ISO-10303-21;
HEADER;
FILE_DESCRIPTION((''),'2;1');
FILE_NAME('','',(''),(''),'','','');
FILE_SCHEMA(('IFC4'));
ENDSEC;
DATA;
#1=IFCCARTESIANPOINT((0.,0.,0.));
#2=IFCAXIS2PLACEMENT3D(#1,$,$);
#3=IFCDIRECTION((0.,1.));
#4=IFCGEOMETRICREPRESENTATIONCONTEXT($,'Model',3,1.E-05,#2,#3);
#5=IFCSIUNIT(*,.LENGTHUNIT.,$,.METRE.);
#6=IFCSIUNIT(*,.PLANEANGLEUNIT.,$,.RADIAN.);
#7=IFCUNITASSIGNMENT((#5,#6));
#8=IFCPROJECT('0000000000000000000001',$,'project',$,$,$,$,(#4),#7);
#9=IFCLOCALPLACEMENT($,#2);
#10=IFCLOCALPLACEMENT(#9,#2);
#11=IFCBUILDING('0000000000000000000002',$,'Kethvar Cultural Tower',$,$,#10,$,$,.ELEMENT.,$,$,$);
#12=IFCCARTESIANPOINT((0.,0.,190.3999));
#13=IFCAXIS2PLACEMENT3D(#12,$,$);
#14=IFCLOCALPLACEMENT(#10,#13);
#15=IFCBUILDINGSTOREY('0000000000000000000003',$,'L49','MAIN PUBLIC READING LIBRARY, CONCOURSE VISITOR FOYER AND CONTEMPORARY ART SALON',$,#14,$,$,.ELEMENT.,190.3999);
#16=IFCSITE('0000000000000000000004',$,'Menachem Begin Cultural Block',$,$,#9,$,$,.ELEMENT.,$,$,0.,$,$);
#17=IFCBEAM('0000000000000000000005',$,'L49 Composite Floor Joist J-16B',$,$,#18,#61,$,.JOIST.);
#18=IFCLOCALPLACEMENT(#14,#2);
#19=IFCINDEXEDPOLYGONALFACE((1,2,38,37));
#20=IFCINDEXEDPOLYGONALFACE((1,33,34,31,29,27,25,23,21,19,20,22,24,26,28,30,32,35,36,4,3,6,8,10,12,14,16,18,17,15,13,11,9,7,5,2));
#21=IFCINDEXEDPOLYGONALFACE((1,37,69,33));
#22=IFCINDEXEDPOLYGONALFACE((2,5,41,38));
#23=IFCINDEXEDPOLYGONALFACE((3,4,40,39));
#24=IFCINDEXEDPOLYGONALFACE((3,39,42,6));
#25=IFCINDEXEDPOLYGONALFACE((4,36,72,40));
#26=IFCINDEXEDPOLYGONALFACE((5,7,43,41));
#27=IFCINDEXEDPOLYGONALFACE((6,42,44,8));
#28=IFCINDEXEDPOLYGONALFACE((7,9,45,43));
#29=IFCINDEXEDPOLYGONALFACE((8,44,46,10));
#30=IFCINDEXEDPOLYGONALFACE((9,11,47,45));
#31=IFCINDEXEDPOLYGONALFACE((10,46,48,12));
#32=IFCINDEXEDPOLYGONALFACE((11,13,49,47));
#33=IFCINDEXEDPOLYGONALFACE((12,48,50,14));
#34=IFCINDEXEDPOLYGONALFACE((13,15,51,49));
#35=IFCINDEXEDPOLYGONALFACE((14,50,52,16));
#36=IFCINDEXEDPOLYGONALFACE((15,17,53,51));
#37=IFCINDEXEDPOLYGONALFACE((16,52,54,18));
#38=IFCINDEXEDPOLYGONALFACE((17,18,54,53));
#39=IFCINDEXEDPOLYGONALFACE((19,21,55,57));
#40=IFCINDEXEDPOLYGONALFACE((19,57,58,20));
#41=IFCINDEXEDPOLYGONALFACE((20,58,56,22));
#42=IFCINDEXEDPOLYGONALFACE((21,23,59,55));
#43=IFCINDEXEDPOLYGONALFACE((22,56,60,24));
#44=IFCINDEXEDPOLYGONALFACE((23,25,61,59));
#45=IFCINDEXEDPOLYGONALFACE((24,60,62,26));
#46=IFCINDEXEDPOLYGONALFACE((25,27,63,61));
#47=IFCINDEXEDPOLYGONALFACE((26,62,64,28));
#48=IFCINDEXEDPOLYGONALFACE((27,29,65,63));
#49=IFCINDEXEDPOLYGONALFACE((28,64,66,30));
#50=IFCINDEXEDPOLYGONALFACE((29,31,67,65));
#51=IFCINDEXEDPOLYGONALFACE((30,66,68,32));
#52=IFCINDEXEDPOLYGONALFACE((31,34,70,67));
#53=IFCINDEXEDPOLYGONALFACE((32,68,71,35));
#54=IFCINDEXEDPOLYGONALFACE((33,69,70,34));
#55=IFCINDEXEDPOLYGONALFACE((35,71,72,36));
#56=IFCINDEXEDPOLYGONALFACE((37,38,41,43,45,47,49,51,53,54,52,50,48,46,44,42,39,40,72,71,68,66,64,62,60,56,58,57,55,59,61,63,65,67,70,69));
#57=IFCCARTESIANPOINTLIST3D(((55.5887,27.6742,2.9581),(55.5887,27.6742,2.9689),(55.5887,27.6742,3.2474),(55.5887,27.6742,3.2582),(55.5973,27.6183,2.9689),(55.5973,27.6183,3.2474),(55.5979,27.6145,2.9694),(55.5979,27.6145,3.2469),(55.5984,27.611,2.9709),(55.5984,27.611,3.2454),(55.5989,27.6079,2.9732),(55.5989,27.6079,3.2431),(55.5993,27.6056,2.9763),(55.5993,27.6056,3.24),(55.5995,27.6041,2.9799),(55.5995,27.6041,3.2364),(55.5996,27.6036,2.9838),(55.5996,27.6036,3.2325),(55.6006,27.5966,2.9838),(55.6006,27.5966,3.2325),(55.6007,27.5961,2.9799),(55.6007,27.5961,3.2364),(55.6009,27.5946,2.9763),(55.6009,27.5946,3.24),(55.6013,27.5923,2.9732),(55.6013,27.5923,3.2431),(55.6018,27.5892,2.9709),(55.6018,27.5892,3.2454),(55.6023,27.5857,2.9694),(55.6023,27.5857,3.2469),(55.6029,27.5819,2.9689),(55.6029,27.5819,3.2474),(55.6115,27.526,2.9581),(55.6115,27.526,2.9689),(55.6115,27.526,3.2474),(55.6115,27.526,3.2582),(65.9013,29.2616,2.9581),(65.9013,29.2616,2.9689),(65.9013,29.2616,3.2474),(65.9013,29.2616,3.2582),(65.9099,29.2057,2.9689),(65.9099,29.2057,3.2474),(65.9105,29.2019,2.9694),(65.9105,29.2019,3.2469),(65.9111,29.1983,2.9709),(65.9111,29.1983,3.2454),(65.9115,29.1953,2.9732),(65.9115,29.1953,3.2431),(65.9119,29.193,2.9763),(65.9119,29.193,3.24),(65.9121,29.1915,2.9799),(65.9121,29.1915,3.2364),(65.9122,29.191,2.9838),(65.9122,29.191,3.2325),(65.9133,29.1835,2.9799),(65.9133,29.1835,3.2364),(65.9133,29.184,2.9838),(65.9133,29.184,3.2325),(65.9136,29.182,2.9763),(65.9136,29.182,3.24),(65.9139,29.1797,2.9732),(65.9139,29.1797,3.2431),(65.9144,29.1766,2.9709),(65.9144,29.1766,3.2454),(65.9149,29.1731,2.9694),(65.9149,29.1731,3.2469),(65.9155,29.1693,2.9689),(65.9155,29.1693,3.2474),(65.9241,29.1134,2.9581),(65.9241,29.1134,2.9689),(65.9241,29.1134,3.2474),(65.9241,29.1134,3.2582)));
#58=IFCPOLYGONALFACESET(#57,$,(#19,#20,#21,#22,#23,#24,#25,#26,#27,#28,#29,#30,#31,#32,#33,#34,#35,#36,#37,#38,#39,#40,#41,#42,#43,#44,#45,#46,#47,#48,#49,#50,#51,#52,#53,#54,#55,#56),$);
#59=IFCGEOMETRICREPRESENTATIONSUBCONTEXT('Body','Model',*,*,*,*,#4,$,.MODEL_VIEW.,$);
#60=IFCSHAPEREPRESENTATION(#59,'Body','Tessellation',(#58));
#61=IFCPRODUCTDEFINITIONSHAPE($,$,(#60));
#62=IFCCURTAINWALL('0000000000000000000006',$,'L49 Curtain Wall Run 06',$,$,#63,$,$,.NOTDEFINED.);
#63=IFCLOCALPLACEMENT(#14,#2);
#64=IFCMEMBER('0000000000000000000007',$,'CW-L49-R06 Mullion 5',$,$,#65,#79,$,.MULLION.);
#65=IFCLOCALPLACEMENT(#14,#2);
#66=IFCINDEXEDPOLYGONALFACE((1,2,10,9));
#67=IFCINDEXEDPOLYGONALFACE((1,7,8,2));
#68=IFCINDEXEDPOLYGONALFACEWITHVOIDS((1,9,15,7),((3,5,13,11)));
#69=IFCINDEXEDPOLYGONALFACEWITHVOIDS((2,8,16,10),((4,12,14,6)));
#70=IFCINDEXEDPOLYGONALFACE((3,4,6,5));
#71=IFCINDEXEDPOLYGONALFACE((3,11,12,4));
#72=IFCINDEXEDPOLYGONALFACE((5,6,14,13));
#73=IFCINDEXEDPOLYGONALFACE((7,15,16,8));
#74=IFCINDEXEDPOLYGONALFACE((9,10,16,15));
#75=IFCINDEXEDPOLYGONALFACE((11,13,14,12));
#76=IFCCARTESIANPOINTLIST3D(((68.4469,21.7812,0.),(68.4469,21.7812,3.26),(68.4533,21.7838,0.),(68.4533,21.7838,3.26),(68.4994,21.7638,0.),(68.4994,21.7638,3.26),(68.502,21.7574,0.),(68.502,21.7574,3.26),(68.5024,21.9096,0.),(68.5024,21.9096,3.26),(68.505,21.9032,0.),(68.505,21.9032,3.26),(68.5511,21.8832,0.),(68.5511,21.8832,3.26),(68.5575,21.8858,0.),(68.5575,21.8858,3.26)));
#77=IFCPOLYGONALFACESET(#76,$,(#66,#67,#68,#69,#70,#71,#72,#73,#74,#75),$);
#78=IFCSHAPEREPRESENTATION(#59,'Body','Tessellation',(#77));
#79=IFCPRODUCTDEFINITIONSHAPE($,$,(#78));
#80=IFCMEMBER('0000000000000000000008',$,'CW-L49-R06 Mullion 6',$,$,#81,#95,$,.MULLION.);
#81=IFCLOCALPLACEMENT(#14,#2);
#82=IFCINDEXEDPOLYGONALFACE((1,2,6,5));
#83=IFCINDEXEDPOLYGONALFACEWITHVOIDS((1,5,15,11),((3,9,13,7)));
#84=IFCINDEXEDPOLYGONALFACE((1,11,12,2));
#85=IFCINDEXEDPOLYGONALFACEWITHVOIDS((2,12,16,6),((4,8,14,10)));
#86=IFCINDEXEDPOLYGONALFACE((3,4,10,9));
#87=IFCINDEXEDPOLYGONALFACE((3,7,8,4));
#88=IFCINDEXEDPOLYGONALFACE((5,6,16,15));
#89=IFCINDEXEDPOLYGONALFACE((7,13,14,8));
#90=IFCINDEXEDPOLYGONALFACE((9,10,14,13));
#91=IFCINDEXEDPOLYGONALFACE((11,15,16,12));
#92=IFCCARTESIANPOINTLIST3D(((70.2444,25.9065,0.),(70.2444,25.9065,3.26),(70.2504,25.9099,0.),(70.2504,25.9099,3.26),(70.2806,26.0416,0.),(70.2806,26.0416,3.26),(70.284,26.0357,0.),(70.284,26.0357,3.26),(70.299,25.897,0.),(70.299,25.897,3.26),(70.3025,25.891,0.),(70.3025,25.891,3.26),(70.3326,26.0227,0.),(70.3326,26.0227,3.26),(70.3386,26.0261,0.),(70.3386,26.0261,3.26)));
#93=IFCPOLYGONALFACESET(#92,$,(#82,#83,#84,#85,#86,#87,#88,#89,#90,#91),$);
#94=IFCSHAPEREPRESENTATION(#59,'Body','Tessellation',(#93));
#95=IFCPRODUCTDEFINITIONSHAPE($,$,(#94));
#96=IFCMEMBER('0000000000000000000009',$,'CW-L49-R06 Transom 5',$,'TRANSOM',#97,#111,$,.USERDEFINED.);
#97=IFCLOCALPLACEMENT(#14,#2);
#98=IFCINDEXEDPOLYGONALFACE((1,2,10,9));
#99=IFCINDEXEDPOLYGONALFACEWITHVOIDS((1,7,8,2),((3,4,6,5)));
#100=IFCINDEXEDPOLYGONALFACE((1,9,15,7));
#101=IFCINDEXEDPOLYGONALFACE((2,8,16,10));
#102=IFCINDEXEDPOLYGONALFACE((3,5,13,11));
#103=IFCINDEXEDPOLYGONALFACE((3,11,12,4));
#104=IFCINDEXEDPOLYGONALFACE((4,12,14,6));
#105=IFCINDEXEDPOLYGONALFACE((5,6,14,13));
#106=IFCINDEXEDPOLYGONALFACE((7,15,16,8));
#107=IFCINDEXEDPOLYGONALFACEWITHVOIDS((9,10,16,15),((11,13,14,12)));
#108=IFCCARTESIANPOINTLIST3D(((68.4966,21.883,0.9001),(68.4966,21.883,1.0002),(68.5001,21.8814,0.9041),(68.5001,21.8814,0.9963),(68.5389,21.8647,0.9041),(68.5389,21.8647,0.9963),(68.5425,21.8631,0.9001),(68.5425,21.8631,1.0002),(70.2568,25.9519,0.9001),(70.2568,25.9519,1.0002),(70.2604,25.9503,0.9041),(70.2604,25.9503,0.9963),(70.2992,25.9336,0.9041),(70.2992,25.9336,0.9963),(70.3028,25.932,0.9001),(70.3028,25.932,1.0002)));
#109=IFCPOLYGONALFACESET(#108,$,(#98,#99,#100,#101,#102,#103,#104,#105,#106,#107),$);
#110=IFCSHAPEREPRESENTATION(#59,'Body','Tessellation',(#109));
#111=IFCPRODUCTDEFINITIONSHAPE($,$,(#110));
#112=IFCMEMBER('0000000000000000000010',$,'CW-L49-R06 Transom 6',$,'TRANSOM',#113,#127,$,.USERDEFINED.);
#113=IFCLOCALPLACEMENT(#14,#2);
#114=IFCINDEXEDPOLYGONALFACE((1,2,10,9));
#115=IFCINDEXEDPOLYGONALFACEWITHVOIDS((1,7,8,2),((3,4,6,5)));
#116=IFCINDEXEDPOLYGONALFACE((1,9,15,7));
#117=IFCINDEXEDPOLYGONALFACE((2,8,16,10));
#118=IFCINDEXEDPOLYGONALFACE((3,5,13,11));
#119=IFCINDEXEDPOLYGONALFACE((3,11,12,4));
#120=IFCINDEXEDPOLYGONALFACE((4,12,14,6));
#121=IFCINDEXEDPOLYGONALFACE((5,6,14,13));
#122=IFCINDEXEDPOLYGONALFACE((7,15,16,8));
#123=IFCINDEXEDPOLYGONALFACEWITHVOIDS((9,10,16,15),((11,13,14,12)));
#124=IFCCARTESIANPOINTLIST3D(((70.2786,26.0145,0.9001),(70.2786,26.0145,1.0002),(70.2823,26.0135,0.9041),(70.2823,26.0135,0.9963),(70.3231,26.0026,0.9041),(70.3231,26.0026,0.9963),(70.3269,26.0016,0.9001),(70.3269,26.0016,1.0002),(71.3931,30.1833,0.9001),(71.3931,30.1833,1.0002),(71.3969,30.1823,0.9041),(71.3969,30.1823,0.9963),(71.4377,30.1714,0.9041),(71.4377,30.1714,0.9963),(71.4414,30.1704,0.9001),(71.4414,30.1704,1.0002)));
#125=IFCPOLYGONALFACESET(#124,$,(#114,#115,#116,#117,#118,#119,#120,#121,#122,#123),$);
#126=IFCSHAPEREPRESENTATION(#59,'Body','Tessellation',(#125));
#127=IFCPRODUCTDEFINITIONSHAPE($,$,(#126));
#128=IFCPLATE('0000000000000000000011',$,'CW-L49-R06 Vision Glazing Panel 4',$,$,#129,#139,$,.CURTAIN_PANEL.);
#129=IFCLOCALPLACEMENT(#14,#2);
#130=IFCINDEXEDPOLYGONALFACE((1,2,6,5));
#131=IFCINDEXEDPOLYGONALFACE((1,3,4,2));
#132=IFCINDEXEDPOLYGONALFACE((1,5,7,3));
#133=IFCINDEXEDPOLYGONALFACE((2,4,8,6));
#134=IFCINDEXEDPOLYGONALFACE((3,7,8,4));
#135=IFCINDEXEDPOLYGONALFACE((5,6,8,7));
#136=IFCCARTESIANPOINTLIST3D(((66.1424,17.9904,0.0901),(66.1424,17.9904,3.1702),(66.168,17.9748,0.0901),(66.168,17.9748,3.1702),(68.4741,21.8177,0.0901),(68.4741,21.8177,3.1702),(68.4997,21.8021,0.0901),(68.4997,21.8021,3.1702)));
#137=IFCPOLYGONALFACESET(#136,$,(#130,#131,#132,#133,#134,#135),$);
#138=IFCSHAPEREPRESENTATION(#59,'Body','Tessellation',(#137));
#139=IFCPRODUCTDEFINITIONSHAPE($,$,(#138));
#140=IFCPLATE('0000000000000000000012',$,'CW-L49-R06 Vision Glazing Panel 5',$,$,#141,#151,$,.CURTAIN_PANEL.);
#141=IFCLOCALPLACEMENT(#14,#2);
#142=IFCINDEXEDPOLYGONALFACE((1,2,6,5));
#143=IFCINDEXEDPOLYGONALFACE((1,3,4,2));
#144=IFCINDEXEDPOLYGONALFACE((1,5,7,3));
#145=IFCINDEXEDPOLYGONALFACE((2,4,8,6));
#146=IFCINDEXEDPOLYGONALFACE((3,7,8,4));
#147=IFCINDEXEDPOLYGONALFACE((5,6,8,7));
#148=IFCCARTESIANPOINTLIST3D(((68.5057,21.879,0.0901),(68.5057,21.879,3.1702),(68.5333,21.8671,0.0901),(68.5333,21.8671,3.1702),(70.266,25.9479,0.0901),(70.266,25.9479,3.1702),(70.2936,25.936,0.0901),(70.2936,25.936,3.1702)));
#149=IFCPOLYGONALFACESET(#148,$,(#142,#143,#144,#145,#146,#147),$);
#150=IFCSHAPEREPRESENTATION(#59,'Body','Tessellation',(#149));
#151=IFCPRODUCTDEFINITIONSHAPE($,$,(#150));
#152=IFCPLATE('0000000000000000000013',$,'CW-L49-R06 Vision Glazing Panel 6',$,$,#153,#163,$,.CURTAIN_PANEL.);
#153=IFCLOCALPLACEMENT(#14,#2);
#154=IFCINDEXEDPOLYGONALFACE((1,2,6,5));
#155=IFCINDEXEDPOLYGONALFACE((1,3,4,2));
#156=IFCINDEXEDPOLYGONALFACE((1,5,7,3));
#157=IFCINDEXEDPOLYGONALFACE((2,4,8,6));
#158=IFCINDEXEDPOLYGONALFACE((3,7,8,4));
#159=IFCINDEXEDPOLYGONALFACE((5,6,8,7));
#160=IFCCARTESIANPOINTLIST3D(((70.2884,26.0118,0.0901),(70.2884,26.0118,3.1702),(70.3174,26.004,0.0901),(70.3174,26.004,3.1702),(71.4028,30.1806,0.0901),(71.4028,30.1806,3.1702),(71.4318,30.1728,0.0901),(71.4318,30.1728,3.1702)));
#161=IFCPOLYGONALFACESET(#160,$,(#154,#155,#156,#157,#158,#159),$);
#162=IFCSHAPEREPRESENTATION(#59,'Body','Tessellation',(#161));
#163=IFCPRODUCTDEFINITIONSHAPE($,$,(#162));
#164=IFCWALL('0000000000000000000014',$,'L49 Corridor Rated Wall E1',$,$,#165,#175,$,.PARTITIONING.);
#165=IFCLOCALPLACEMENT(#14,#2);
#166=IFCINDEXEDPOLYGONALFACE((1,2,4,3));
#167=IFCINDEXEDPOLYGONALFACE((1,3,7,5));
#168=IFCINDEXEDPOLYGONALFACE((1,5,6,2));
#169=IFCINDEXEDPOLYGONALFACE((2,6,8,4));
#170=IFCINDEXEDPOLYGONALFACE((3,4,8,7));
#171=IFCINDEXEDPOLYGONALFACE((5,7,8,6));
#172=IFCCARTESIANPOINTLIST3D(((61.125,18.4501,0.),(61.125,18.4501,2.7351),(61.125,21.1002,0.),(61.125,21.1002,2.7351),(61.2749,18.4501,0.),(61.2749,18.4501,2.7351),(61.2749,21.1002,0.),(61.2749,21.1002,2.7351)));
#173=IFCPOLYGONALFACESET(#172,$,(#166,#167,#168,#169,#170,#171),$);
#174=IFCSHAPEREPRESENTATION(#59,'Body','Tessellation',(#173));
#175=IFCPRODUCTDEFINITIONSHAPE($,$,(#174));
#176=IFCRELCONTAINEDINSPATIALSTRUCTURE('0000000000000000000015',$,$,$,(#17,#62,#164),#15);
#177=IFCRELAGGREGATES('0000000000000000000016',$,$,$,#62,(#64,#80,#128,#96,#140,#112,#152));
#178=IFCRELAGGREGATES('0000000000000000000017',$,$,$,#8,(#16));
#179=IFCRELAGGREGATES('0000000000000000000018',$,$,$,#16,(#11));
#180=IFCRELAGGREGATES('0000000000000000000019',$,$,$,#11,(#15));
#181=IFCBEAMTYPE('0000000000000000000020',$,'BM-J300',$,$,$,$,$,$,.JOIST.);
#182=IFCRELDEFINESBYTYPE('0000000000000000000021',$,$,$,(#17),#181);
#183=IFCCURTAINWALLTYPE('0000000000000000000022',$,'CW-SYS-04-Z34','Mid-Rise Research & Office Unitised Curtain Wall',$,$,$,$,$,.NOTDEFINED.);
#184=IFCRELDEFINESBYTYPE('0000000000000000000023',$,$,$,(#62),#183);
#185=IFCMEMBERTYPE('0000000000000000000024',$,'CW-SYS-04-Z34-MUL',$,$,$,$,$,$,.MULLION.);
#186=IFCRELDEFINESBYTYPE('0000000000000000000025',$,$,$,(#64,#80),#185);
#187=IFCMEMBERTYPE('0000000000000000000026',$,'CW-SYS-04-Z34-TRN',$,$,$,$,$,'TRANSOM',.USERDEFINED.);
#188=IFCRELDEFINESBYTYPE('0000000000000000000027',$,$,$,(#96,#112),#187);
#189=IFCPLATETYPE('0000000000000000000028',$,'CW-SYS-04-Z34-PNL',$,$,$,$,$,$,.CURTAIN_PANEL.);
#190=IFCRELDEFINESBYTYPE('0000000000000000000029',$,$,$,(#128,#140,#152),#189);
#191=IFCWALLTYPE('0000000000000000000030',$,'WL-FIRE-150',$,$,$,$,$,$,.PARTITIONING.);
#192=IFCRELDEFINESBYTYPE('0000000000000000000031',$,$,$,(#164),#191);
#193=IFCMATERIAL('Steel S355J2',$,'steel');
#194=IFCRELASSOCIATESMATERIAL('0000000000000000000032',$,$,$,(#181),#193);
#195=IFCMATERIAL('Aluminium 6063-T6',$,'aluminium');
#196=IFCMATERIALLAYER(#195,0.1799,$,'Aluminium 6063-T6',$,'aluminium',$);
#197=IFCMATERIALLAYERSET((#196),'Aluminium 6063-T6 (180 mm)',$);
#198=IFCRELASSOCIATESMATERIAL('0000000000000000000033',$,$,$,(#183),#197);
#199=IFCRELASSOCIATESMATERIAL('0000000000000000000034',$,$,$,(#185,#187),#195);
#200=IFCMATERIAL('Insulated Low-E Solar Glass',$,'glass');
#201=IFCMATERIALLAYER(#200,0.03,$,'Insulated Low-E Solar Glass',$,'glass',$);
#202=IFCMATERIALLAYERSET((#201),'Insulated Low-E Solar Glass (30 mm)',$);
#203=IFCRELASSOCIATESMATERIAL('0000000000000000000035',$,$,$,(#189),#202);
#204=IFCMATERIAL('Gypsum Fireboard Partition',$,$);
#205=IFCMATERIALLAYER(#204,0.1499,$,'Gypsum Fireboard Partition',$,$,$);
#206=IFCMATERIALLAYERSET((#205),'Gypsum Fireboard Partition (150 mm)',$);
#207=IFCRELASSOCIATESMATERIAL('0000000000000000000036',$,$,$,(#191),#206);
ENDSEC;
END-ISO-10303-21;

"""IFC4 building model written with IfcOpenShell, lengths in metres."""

from ifc_helpers import new_model, si_unit, direction, frame, frame_2d, origin, origin_2d, place, context, subcontext, project, spatial, rectangle, hollow_rectangle, i_section, extrude, source, transform, mapped, material, layer, layer_set, material_profile, profile_set, type_object, element, aggregate, save


model = new_model("IFC4")

# Units and contexts
model_context = context("Model", 3, precision=1e-05, world=origin(), true_north=direction((0.0, 1.0)))
body_context = subcontext(model_context, "Body", "Model", "MODEL_VIEW")
ifc_project = project(units=[si_unit("LENGTHUNIT", "METRE"), si_unit("PLANEANGLEUNIT", "RADIAN")], contexts=[model_context])

# Site, building, storey
site_placement = place(None, origin())
site = spatial("IfcSite", under=ifc_project, at=site_placement, Name="Menachem Begin Cultural Block", CompositionType="ELEMENT", RefElevation=0.0)
building_placement = place(site_placement, origin())
building = spatial("IfcBuilding", under=site, at=building_placement, Name="Kethvar Cultural Tower", CompositionType="ELEMENT")
storey_placement = place(building_placement, frame((0.0, 0.0, 190.3999)))
storey = spatial("IfcBuildingStorey", under=building, at=storey_placement, Name="L49", Description="MAIN PUBLIC READING LIBRARY, CONCOURSE VISITOR FOYER AND CONTEMPORARY ART SALON", CompositionType="ELEMENT", Elevation=190.3999)

# Beam
ifc_material_1 = material(Name="Steel S355J2", Category="steel")
ifc_material_profile_1 = material_profile(ifc_material_1, i_section(OverallWidth=0.1499, OverallDepth=0.3, WebThickness=0.0071, FlangeThickness=0.0107, FilletRadius=0.0149, at=origin_2d()), Name="Steel S355J2 — IPE300")
ifc_profile_set_1 = profile_set([ifc_material_profile_1], Name="Steel S355J2 — IPE300")
beam_type_1 = type_object("IfcBeamType", Name="BM-J300", PredefinedType="JOIST", material=ifc_profile_set_1)
shared_shape_1 = source(origin(), body_context, "Body", "SweptSolid", [
    extrude(i_section(OverallWidth=0.1499, OverallDepth=0.3, WebThickness=0.0071, FlangeThickness=0.0107, FilletRadius=0.0149, at=origin_2d()), origin(), (0.0, 0.0, 1.0), 10.4341),
])
beam_1_placement = place(storey_placement, frame((55.6001, 27.6001, 3.1082), z_axis=(0.98836, 0.152135, 0.0), x_axis=(-0.152135, 0.98836, 0.0)))
element("IfcBeam", 1, at=beam_1_placement, inside=storey, type_object=beam_type_1, Name="L49 Composite Floor Joist J-16B", PredefinedType="JOIST", context=body_context, shape_type="MappedRepresentation", body=[
    mapped(shared_shape_1, transform((0.0, 0.0, 0.0), scale=1.0)),
])

# Curtain wall, members, plates
ifc_material_2 = material(Name="Aluminium 6063-T6", Category="aluminium")
ifc_layer_1 = layer(ifc_material_2, 0.1799, Name="Aluminium 6063-T6", Category="aluminium")
ifc_layer_set_1 = layer_set([ifc_layer_1], Name="Aluminium 6063-T6 (180 mm)")
curtain_wall_type = type_object("IfcCurtainWallType", Name="CW-SYS-04-Z34", Description="Mid-Rise Research & Office Unitised Curtain Wall", PredefinedType="NOTDEFINED", material=ifc_layer_set_1)
curtain_wall_placement = place(storey_placement, origin())
curtain_wall = element("IfcCurtainWall", 2, at=curtain_wall_placement, inside=storey, type_object=curtain_wall_type, Name="L49 Curtain Wall Run 06", PredefinedType="NOTDEFINED")
ifc_material_profile_2 = material_profile(ifc_material_2, hollow_rectangle(XDim=0.0601, YDim=0.1399, WallThickness=0.0049, at=origin_2d()), Name="Aluminium 6063-T6 — RHS140x60x5")
ifc_profile_set_2 = profile_set([ifc_material_profile_2], Name="Aluminium 6063-T6 — RHS140x60x5")
member_type_1 = type_object("IfcMemberType", Name="CW-SYS-04-Z34-MUL", PredefinedType="MULLION", material=ifc_profile_set_2)
shared_shape_2 = source(origin(), body_context, "Body", "SweptSolid", [
    extrude(hollow_rectangle(XDim=0.0601, YDim=0.1399, WallThickness=0.0049, at=origin_2d()), origin(), (0.0, 0.0, 1.0), 3.26),
])
member_1_placement = place(storey_placement, frame((68.5022, 21.8335, 0.0), z_axis=(0.0, 0.0, 1.0), x_axis=(-0.917796, 0.397052, 0.0)))
member_1 = element("IfcMember", 3, at=member_1_placement, type_object=member_type_1, Name="CW-L49-R06 Mullion 5", PredefinedType="MULLION", context=body_context, shape_type="MappedRepresentation", body=[
    mapped(shared_shape_2, transform((0.0, 0.0, 0.0), scale=1.0)),
])
member_2_placement = place(storey_placement, frame((70.2915, 25.9663, 0.0), z_axis=(0.0, 0.0, 1.0), x_axis=(-0.966079, 0.258246, 0.0)))
member_2 = element("IfcMember", 4, at=member_2_placement, type_object=member_type_1, Name="CW-L49-R06 Mullion 6", PredefinedType="MULLION", context=body_context, shape_type="MappedRepresentation", body=[
    mapped(shared_shape_2, transform((0.0, 0.0, 0.0), scale=1.0)),
])
ifc_material_profile_3 = material_profile(ifc_material_2, hollow_rectangle(XDim=0.05, YDim=0.1001, WallThickness=0.0039, at=origin_2d()), Name="Aluminium 6063-T6 — RHS100x50x4")
ifc_profile_set_3 = profile_set([ifc_material_profile_3], Name="Aluminium 6063-T6 — RHS100x50x4")
member_type_2 = type_object("IfcMemberType", Name="CW-SYS-04-Z34-TRN", ElementType="TRANSOM", PredefinedType="USERDEFINED", material=ifc_profile_set_3)
shared_shape_3 = source(origin(), body_context, "Body", "SweptSolid", [
    extrude(hollow_rectangle(XDim=0.05, YDim=0.1001, WallThickness=0.0039, at=origin_2d()), origin(), (0.0, 0.0, 1.0), 4.4333),
])
member_3_placement = place(storey_placement, frame((68.5195, 21.873, 0.9502), z_axis=(0.397054, 0.917795, 0.0), x_axis=(-0.917795, 0.397054, 0.0)))
member_3 = element("IfcMember", 5, at=member_3_placement, type_object=member_type_2, Name="CW-L49-R06 Transom 5", ObjectType="TRANSOM", PredefinedType="USERDEFINED", context=body_context, shape_type="MappedRepresentation", body=[
    mapped(shared_shape_3, transform((0.0, 0.0, 0.0), scale=1.0)),
])
shared_shape_4 = source(origin(), body_context, "Body", "SweptSolid", [
    extrude(hollow_rectangle(XDim=0.05, YDim=0.1001, WallThickness=0.0039, at=origin_2d()), origin(), (0.0, 0.0, 1.0), 4.3152),
])
member_4_placement = place(storey_placement, frame((70.3027, 26.0081, 0.9502), z_axis=(0.258279, 0.96607, 0.0), x_axis=(-0.96607, 0.258279, 0.0)))
member_4 = element("IfcMember", 6, at=member_4_placement, type_object=member_type_2, Name="CW-L49-R06 Transom 6", ObjectType="TRANSOM", PredefinedType="USERDEFINED", context=body_context, shape_type="MappedRepresentation", body=[
    mapped(shared_shape_4, transform((0.0, 0.0, 0.0), scale=1.0)),
])
ifc_material_3 = material(Name="Insulated Low-E Solar Glass", Category="glass")
ifc_layer_2 = layer(ifc_material_3, 0.03, Name="Insulated Low-E Solar Glass", Category="glass")
ifc_layer_set_2 = layer_set([ifc_layer_2], Name="Insulated Low-E Solar Glass (30 mm)")
plate_type = type_object("IfcPlateType", Name="CW-SYS-04-Z34-PNL", PredefinedType="CURTAIN_PANEL", material=ifc_layer_set_2)
shared_shape_5 = source(origin(), body_context, "Body", "SweptSolid", [
    extrude(rectangle(XDim=4.4817, YDim=0.03, at=origin_2d()), origin(), (0.0, 0.0, 1.0), 3.0801),
])
plate_1_placement = place(storey_placement, frame((67.321, 19.8962, 0.0901), z_axis=(0.0, 0.0, 1.0), x_axis=(0.520279, 0.853996, 0.0)))
plate_1 = element("IfcPlate", 7, at=plate_1_placement, type_object=plate_type, Name="CW-L49-R06 Vision Glazing Panel 4", PredefinedType="CURTAIN_PANEL", context=body_context, shape_type="MappedRepresentation", body=[
    mapped(shared_shape_5, transform((0.0, 0.0, 0.0), scale=1.0)),
])
shared_shape_6 = source(origin(), body_context, "Body", "SweptSolid", [
    extrude(rectangle(XDim=4.4333, YDim=0.03, at=origin_2d()), origin(), (0.0, 0.0, 1.0), 3.0801),
])
plate_2_placement = place(storey_placement, frame((69.3997, 23.9075, 0.0901), z_axis=(0.0, 0.0, 1.0), x_axis=(0.397052, 0.917796, 0.0)))
plate_2 = element("IfcPlate", 8, at=plate_2_placement, type_object=plate_type, Name="CW-L49-R06 Vision Glazing Panel 5", PredefinedType="CURTAIN_PANEL", context=body_context, shape_type="MappedRepresentation", body=[
    mapped(shared_shape_6, transform((0.0, 0.0, 0.0), scale=1.0)),
])
shared_shape_7 = source(origin(), body_context, "Body", "SweptSolid", [
    extrude(rectangle(XDim=4.3152, YDim=0.03, at=origin_2d()), origin(), (0.0, 0.0, 1.0), 3.0801),
])
plate_3_placement = place(storey_placement, frame((70.8601, 28.0923, 0.0901), z_axis=(0.0, 0.0, 1.0), x_axis=(0.258246, 0.966079, 0.0)))
plate_3 = element("IfcPlate", 9, at=plate_3_placement, type_object=plate_type, Name="CW-L49-R06 Vision Glazing Panel 6", PredefinedType="CURTAIN_PANEL", context=body_context, shape_type="MappedRepresentation", body=[
    mapped(shared_shape_7, transform((0.0, 0.0, 0.0), scale=1.0)),
])
aggregate(curtain_wall, [member_1, member_2, plate_1, member_3, plate_2, member_4, plate_3])

# Wall
ifc_material_4 = material(Name="Gypsum Fireboard Partition")
ifc_layer_3 = layer(ifc_material_4, 0.1499, Name="Gypsum Fireboard Partition")
ifc_layer_set_3 = layer_set([ifc_layer_3], Name="Gypsum Fireboard Partition (150 mm)")
wall_type_1 = type_object("IfcWallType", Name="WL-FIRE-150", PredefinedType="PARTITIONING", material=ifc_layer_set_3)
wall_1_placement = place(storey_placement, frame((61.2, 18.45, 0.0), z_axis=(0.0, 0.0, 1.0), x_axis=(0.0, 1.0, 0.0)))
element("IfcWall", 10, at=wall_1_placement, inside=storey, type_object=wall_type_1, Name="L49 Corridor Rated Wall E1", PredefinedType="PARTITIONING", context=body_context, shape_type="SweptSolid", body=[
    extrude(rectangle(XDim=2.6501, YDim=0.1499, at=frame_2d((1.3252, 0.0))), origin(), (0.0, 0.0, 1.0), 2.7351),
])

save(model, "model.ifc")
